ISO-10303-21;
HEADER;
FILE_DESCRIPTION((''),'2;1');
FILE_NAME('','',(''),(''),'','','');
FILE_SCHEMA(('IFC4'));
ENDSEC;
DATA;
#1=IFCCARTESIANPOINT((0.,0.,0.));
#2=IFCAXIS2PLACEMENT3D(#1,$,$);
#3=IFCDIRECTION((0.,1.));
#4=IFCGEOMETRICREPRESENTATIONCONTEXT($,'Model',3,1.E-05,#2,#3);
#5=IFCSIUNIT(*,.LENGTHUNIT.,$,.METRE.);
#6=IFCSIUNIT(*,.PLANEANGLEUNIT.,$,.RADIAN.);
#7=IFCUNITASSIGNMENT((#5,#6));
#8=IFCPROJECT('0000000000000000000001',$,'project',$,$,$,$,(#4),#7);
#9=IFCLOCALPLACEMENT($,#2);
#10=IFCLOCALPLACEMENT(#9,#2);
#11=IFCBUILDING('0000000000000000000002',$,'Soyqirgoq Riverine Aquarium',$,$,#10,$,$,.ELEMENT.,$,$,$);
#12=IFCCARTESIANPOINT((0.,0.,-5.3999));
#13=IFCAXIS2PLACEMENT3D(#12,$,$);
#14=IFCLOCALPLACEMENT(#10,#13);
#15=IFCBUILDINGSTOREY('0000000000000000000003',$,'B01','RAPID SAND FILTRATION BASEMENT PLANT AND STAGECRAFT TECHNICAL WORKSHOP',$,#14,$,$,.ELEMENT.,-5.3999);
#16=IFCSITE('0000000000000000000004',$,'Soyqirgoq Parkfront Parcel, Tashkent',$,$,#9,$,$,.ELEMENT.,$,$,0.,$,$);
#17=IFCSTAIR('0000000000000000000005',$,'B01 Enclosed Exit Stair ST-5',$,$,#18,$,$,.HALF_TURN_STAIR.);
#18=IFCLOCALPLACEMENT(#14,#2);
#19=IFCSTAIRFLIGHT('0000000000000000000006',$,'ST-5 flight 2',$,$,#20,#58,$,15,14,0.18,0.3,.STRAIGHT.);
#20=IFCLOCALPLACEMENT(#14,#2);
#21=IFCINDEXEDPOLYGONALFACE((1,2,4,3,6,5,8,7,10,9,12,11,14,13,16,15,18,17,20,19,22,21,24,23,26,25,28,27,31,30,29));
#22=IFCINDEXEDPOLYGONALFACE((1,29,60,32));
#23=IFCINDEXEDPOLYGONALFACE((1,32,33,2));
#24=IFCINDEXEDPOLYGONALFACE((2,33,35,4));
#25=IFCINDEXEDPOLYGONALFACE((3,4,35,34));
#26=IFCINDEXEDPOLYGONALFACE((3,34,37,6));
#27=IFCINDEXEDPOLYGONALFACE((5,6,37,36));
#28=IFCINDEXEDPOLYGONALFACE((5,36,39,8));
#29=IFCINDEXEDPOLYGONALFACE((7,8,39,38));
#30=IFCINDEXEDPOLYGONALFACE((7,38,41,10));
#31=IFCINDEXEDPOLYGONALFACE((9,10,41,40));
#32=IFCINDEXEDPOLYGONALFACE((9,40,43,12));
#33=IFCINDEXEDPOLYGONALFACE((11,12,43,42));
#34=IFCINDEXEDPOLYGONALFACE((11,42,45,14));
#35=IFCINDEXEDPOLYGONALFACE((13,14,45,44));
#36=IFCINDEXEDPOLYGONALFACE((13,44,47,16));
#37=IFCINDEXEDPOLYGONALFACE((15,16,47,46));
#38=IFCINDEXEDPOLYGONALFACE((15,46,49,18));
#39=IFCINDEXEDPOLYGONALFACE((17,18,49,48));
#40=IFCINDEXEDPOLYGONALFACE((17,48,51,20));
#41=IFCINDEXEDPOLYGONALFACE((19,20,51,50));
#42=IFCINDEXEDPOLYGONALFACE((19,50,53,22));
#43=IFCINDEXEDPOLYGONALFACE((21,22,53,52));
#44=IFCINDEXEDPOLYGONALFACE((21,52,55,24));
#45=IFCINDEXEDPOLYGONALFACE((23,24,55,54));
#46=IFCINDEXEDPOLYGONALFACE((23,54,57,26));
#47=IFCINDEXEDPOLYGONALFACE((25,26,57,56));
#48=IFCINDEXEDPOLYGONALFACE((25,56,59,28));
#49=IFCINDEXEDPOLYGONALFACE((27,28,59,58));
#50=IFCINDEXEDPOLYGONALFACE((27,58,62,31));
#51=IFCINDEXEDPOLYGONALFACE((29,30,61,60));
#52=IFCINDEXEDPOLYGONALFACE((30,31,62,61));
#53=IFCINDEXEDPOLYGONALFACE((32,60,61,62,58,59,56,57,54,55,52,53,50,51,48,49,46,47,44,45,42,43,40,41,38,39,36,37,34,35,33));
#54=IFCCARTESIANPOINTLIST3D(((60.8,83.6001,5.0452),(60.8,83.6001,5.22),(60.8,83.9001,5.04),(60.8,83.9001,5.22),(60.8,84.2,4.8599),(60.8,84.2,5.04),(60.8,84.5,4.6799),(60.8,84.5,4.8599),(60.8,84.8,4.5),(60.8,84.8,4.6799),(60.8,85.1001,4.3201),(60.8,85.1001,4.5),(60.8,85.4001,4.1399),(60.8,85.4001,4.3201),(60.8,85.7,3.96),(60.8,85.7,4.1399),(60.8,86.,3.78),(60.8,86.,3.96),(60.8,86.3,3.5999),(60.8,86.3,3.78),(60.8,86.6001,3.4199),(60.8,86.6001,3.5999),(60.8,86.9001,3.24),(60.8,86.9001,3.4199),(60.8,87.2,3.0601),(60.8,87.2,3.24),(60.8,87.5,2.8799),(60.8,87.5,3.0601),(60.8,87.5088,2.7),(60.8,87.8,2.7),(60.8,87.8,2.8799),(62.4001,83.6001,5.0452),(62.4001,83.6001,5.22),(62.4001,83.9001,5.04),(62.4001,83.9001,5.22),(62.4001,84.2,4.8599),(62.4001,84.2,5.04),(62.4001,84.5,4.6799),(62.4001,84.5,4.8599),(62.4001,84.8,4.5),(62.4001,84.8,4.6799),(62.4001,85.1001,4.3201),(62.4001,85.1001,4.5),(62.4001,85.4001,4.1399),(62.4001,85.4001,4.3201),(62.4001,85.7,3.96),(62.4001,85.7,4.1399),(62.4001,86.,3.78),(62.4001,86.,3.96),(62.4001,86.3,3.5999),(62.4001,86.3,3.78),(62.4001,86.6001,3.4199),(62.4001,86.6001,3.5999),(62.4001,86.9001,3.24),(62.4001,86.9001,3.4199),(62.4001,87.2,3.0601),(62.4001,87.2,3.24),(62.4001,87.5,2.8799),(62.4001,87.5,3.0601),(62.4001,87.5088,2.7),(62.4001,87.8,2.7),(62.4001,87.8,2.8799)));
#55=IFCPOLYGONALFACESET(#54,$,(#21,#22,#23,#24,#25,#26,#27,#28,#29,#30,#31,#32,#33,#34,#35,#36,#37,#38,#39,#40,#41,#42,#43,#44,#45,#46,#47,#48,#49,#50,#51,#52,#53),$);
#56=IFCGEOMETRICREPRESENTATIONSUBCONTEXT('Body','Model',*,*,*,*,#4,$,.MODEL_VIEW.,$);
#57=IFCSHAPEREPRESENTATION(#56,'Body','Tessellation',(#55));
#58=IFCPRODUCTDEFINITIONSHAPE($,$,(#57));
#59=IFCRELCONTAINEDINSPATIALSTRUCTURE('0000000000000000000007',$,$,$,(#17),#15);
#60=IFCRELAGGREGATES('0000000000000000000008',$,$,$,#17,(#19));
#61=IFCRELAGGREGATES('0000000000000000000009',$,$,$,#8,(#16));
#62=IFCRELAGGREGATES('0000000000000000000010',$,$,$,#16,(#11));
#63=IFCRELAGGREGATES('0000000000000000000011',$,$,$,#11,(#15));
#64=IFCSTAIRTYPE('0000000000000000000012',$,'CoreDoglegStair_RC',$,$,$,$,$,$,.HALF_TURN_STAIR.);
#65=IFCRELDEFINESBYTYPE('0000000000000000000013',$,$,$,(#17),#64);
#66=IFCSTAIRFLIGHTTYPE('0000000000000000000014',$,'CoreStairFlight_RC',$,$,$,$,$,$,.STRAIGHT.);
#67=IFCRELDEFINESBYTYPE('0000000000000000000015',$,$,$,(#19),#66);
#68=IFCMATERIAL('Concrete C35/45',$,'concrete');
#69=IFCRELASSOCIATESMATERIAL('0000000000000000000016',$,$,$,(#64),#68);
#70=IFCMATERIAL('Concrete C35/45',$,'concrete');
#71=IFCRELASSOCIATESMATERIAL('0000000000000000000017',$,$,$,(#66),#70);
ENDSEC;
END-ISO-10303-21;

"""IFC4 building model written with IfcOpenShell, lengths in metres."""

from ifc_helpers import new_model, si_unit, direction, frame, origin, place, context, subcontext, project, spatial, polyline, outline, extrude, material, type_object, element, aggregate, save


model = new_model("IFC4")

# Units and contexts
model_context = context("Model", 3, precision=1e-05, world=origin(), true_north=direction((0.0, 1.0)))
body_context = subcontext(model_context, "Body", "Model", "MODEL_VIEW")
ifc_project = project(units=[si_unit("LENGTHUNIT", "METRE"), si_unit("PLANEANGLEUNIT", "RADIAN")], contexts=[model_context])

# Site, building, storey
site_placement = place(None, origin())
site = spatial("IfcSite", under=ifc_project, at=site_placement, Name="Soyqirgoq Parkfront Parcel, Tashkent", CompositionType="ELEMENT", RefElevation=0.0)
building_placement = place(site_placement, origin())
building = spatial("IfcBuilding", under=site, at=building_placement, Name="Soyqirgoq Riverine Aquarium", CompositionType="ELEMENT")
storey_placement = place(building_placement, frame((0.0, 0.0, -5.3999)))
storey = spatial("IfcBuildingStorey", under=building, at=storey_placement, Name="B01", Description="RAPID SAND FILTRATION BASEMENT PLANT AND STAGECRAFT TECHNICAL WORKSHOP", CompositionType="ELEMENT", Elevation=-5.3999)

# Stair, stair flight
ifc_material_1 = material(Name="Concrete C35/45", Category="concrete")
stair_type = type_object("IfcStairType", Name="CoreDoglegStair_RC", PredefinedType="HALF_TURN_STAIR", material=ifc_material_1)
stair_placement = place(storey_placement, origin())
stair = element("IfcStair", 1, at=stair_placement, inside=storey, type_object=stair_type, Name="B01 Enclosed Exit Stair ST-5", PredefinedType="HALF_TURN_STAIR")
ifc_material_2 = material(Name="Concrete C35/45", Category="concrete")
stair_flight_type = type_object("IfcStairFlightType", Name="CoreStairFlight_RC", PredefinedType="STRAIGHT", material=ifc_material_2)
stair_flight_placement = place(storey_placement, frame((61.6001, 87.8, 2.7), z_axis=(0.0, 0.0, 1.0), x_axis=(0.0, -1.0, 0.0)))
stair_flight = element("IfcStairFlight", 2, at=stair_flight_placement, type_object=stair_flight_type, Name="ST-5 flight 2", NumberOfRisers=15, NumberOfTreads=14, PredefinedType="STRAIGHT", RiserHeight=0.18, TreadLength=0.3, context=body_context, shape_type="SweptSolid", body=[
    extrude(outline(polyline([(0.0, 0.0), (0.0, 0.1799), (0.3, 0.1799), (0.3, 0.3601), (0.6001, 0.3601), (0.6001, 0.54), (0.8999, 0.54), (0.8999, 0.72), (1.2, 0.72), (1.2, 0.8999), (1.5, 0.8999), (1.5, 1.0801), (1.8, 1.0801), (1.8, 1.26), (2.1001, 1.26), (2.1001, 1.4399), (2.3999, 1.4399), (2.3999, 1.6201), (2.7, 1.6201), (2.7, 1.8), (3.0, 1.8), (3.0, 1.98), (3.3, 1.98), (3.3, 2.1599), (3.6001, 2.1599), (3.6001, 2.3401), (3.8999, 2.3401), (3.8999, 2.52), (4.2, 2.52), (4.2, 2.7), (4.2, 2.3452), (0.2913, 0.0), (0.0, 0.0)])), frame((0.0, 0.8, 0.0), z_axis=(0.0, -1.0, 0.0), x_axis=(1.0, 0.0, 0.0)), (0.0, 0.0, 1.0), 1.6001),
])
aggregate(stair, [stair_flight])

save(model, "model.ifc")
